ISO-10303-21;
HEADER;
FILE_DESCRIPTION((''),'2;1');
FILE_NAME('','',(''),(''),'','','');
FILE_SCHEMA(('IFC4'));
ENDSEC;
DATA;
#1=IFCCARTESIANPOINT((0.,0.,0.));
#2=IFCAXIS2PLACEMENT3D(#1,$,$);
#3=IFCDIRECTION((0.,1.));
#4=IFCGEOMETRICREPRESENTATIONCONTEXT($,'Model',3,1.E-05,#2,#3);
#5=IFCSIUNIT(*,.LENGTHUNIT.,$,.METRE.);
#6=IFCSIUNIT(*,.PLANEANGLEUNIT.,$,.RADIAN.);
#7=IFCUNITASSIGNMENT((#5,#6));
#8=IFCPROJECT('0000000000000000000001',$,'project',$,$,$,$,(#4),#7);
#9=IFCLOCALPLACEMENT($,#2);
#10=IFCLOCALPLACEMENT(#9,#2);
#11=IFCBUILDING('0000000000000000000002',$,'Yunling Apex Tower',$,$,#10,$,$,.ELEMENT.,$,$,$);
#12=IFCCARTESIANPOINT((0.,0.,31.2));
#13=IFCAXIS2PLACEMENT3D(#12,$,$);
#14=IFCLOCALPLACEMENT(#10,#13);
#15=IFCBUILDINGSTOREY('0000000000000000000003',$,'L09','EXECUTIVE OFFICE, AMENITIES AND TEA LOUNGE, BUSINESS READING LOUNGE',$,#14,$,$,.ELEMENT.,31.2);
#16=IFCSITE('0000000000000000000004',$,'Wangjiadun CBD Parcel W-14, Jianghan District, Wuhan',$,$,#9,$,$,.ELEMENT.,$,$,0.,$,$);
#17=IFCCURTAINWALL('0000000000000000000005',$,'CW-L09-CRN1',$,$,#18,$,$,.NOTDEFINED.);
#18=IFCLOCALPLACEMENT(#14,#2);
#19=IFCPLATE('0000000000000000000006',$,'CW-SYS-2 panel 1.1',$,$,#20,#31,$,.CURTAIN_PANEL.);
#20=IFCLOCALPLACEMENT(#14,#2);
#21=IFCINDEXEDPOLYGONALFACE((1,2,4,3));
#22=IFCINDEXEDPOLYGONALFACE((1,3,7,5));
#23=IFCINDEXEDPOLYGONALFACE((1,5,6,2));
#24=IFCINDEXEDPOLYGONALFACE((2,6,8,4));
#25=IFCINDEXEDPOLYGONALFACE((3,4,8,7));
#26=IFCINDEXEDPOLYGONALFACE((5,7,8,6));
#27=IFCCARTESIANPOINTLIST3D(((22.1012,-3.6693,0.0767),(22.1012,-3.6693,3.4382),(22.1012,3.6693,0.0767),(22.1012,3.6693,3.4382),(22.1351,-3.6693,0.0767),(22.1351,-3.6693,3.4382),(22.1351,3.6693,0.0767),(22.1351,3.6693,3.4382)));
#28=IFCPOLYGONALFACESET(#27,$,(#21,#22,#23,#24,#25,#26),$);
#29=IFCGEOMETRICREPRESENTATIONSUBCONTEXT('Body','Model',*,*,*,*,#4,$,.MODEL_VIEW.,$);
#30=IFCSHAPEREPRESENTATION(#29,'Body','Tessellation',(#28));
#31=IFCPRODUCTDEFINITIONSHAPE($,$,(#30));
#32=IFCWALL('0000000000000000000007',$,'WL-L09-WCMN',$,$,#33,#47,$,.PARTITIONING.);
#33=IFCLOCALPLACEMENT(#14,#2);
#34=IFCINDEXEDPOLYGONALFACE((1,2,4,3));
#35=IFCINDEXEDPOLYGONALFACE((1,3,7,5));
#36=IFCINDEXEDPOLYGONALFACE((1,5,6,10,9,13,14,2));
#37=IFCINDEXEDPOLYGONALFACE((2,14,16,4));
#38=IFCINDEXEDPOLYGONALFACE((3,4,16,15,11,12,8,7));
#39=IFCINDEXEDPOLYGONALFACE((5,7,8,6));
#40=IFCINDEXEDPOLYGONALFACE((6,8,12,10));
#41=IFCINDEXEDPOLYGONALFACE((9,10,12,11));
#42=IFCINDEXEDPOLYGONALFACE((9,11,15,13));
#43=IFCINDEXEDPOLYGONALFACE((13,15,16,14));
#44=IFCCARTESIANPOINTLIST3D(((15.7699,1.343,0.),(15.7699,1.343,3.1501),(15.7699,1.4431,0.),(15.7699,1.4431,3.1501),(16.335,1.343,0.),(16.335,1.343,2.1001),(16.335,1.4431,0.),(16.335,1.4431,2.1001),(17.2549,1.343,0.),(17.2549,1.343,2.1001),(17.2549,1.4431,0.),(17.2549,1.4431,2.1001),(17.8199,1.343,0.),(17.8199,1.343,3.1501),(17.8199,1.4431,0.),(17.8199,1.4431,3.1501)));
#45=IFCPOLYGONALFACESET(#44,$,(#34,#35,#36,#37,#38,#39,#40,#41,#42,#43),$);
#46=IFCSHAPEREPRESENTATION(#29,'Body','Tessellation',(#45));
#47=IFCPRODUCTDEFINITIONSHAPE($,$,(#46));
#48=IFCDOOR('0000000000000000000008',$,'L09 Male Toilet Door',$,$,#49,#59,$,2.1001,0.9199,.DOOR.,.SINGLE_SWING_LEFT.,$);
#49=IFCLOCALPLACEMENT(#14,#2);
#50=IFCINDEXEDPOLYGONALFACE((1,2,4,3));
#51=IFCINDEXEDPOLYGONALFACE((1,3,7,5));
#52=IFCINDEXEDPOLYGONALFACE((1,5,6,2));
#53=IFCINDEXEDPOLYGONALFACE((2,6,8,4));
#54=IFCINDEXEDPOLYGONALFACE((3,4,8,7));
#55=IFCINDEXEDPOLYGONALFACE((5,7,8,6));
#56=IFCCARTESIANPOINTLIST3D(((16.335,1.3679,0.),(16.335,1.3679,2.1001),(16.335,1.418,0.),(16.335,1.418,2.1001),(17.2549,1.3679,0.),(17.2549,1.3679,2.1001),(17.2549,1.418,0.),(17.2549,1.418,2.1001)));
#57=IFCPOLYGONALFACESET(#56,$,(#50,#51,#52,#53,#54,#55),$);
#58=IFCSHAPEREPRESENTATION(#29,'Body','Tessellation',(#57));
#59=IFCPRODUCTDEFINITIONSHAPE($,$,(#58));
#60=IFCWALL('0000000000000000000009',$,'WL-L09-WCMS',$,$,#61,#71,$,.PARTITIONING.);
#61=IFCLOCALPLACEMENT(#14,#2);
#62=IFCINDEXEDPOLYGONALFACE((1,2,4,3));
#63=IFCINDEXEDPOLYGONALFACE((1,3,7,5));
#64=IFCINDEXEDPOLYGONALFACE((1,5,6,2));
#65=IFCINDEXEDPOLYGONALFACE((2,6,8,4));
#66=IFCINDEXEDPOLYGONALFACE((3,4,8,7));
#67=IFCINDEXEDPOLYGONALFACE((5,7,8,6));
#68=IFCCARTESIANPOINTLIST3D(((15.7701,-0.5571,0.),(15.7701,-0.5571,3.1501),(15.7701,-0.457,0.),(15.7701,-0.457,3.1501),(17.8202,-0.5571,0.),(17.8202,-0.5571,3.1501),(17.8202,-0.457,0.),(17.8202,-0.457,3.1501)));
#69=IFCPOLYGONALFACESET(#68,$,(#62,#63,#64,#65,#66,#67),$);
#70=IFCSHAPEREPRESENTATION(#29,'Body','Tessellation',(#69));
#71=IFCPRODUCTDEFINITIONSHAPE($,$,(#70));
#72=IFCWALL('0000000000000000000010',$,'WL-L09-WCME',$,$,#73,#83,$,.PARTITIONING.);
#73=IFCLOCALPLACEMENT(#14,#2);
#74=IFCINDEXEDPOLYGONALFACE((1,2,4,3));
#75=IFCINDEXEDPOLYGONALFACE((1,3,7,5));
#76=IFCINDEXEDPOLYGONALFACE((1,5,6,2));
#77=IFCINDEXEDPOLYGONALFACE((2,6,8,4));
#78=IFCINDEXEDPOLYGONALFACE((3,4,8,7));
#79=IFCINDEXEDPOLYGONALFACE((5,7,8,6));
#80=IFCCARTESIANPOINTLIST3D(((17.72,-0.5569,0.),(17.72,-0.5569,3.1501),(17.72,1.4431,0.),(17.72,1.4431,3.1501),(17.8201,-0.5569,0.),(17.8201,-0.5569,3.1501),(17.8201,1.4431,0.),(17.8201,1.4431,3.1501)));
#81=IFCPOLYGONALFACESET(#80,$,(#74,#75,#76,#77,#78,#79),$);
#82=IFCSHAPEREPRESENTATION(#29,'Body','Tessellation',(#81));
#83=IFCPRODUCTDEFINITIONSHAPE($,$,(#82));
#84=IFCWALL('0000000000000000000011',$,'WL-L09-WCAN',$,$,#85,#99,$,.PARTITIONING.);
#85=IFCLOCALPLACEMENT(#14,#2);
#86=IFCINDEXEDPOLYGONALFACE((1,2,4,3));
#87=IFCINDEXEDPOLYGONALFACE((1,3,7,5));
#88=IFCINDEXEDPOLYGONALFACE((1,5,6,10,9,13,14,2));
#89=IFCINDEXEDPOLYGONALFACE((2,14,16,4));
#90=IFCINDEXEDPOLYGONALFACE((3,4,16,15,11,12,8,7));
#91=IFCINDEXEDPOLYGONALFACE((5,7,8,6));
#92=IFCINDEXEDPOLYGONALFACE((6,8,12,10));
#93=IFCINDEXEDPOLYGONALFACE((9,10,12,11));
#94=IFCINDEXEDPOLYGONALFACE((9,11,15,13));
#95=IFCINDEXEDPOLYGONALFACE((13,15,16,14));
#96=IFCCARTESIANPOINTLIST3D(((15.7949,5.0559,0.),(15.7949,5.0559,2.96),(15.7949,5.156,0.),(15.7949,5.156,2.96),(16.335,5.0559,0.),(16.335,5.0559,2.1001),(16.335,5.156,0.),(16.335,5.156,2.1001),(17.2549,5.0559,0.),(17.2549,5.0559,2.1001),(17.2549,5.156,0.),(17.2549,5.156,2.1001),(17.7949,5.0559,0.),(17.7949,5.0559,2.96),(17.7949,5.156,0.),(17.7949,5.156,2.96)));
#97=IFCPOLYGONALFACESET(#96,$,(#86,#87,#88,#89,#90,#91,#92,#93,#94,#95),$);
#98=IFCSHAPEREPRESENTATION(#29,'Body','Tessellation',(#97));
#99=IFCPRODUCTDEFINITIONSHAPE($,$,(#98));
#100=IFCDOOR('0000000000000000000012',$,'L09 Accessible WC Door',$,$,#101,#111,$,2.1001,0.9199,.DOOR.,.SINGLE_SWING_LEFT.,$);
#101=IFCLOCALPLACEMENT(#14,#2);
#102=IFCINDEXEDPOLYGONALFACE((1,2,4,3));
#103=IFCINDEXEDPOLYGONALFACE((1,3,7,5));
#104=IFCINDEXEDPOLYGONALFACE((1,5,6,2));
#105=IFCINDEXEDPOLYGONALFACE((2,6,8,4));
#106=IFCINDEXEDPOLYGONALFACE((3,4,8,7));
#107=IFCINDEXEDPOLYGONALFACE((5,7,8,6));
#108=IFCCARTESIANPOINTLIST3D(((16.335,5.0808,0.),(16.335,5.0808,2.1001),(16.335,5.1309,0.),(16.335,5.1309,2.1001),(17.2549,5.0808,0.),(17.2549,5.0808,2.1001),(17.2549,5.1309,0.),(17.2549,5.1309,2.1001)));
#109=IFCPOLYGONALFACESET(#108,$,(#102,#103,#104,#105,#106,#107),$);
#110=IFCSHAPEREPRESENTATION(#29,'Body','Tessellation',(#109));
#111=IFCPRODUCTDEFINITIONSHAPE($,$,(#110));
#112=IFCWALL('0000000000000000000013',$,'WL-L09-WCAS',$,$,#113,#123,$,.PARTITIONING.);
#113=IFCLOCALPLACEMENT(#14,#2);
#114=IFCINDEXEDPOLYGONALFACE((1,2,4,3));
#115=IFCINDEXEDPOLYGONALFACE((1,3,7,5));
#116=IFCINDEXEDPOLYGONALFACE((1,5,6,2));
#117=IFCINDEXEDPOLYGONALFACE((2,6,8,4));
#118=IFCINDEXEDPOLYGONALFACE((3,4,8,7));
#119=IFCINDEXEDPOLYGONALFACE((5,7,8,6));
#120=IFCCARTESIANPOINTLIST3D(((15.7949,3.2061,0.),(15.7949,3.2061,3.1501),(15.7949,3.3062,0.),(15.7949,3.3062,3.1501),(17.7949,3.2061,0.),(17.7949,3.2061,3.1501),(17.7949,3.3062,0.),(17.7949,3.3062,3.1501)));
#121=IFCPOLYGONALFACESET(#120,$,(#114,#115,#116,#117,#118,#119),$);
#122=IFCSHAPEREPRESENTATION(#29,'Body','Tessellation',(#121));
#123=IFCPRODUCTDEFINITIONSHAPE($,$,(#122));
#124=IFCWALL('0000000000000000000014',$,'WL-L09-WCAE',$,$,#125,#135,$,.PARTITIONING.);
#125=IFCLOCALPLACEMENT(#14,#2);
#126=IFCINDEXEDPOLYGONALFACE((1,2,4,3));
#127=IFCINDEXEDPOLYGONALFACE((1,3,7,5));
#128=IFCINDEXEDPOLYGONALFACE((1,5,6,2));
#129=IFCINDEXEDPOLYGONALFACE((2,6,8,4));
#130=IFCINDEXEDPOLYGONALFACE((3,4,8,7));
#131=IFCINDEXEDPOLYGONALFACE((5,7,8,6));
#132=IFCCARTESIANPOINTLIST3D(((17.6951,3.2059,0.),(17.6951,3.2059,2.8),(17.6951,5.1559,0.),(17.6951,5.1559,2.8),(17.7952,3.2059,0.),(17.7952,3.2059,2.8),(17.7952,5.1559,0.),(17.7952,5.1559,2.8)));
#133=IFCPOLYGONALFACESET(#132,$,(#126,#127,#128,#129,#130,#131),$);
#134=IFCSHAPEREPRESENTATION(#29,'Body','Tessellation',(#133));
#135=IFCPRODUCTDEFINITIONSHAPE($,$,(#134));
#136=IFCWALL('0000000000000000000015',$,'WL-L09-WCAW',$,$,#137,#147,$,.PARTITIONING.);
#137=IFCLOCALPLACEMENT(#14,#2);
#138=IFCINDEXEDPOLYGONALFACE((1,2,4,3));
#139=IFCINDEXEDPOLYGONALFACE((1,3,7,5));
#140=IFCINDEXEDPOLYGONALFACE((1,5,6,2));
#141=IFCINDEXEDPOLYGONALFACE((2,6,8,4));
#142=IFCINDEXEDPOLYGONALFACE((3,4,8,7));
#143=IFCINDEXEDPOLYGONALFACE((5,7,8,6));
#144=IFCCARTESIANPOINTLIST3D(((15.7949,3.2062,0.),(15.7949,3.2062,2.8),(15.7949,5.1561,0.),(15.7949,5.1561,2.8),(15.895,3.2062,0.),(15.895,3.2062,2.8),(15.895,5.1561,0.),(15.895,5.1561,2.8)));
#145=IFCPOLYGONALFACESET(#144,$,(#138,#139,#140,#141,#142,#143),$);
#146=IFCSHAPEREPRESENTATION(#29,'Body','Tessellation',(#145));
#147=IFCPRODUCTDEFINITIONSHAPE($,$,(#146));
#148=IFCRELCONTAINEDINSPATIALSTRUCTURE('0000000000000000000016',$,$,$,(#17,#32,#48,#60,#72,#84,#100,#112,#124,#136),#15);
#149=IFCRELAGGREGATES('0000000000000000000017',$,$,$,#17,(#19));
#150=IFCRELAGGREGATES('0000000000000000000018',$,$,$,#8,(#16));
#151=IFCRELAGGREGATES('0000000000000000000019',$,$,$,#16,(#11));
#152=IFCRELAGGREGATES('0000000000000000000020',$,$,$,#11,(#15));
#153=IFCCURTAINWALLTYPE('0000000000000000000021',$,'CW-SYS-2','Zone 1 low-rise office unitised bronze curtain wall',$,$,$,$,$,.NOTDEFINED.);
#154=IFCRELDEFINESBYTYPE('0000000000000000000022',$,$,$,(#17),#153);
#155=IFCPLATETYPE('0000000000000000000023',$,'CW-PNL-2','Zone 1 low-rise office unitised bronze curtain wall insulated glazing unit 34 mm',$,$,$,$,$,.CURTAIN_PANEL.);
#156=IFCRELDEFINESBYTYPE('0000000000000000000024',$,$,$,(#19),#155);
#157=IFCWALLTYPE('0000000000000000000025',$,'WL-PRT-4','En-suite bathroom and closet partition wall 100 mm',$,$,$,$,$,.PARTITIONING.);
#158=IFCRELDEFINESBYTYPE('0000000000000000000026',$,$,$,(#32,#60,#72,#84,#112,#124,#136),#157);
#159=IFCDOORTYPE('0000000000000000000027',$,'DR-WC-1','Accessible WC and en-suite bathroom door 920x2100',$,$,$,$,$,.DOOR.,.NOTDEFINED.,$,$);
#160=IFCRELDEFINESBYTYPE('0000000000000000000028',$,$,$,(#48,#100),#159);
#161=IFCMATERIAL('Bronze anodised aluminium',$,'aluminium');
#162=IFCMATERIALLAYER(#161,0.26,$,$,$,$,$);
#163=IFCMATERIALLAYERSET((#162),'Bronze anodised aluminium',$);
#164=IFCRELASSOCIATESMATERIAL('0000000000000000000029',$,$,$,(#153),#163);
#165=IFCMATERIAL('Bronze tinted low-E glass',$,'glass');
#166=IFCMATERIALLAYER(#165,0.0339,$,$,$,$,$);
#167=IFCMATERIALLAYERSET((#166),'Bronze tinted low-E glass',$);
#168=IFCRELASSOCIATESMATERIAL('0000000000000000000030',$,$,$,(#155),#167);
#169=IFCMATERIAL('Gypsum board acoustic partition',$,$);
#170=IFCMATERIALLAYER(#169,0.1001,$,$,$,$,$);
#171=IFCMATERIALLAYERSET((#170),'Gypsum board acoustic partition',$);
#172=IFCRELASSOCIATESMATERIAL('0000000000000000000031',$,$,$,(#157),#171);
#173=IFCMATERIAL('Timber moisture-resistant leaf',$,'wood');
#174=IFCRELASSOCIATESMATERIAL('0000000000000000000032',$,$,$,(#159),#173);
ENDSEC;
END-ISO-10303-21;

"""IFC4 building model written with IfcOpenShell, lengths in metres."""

from ifc_helpers import new_model, si_unit, direction, frame, frame_2d, origin, origin_2d, place, context, subcontext, project, spatial, rectangle, extrude, source, transform, mapped, material, layer, layer_set, type_object, element, fill, aggregate, save


model = new_model("IFC4")

# Units and contexts
model_context = context("Model", 3, precision=1e-05, world=origin(), true_north=direction((0.0, 1.0)))
body_context = subcontext(model_context, "Body", "Model", "MODEL_VIEW")
ifc_project = project(units=[si_unit("LENGTHUNIT", "METRE"), si_unit("PLANEANGLEUNIT", "RADIAN")], contexts=[model_context])

# Site, building, storey
site_placement = place(None, origin())
site = spatial("IfcSite", under=ifc_project, at=site_placement, Name="Wangjiadun CBD Parcel W-14, Jianghan District, Wuhan", CompositionType="ELEMENT", RefElevation=0.0)
building_placement = place(site_placement, origin())
building = spatial("IfcBuilding", under=site, at=building_placement, Name="Yunling Apex Tower", CompositionType="ELEMENT")
storey_placement = place(building_placement, frame((0.0, 0.0, 31.2)))
storey = spatial("IfcBuildingStorey", under=building, at=storey_placement, Name="L09", Description="EXECUTIVE OFFICE, AMENITIES AND TEA LOUNGE, BUSINESS READING LOUNGE", CompositionType="ELEMENT", Elevation=31.2)

# Curtain wall
ifc_material_1 = material(Name="Bronze anodised aluminium", Category="aluminium")
ifc_layer_1 = layer(ifc_material_1, 0.26)
ifc_layer_set_1 = layer_set([ifc_layer_1], Name="Bronze anodised aluminium")
curtain_wall_type = type_object("IfcCurtainWallType", Name="CW-SYS-2", Description="Zone 1 low-rise office unitised bronze curtain wall", PredefinedType="NOTDEFINED", material=ifc_layer_set_1)
curtain_wall_1_placement = place(storey_placement, origin())
curtain_wall_1 = element("IfcCurtainWall", 1, at=curtain_wall_1_placement, inside=storey, type_object=curtain_wall_type, Name="CW-L09-CRN1", PredefinedType="NOTDEFINED")

# Shared definitions
ifc_material_2 = material(Name="Bronze tinted low-E glass", Category="glass")
ifc_layer_2 = layer(ifc_material_2, 0.0339)
ifc_layer_set_2 = layer_set([ifc_layer_2], Name="Bronze tinted low-E glass")
plate_type = type_object("IfcPlateType", Name="CW-PNL-2", Description="Zone 1 low-rise office unitised bronze curtain wall insulated glazing unit 34 mm", PredefinedType="CURTAIN_PANEL", material=ifc_layer_set_2)

# Plate
shared_shape_1 = source(origin(), body_context, "Body", "SweptSolid", [
    extrude(rectangle(XDim=7.3386, YDim=0.0339, at=origin_2d()), origin(), (0.0, 0.0, 1.0), 3.3616),
])
plate_1_placement = place(storey_placement, frame((22.1182, 0.0, 0.0767), z_axis=(0.0, 0.0, 1.0), x_axis=(0.0, 1.0, 0.0)))
plate_1 = element("IfcPlate", 2, at=plate_1_placement, type_object=plate_type, Name="CW-SYS-2 panel 1.1", PredefinedType="CURTAIN_PANEL", context=body_context, shape_type="MappedRepresentation", body=[
    mapped(shared_shape_1, transform((0.0, 0.0, 0.0), scale=1.0)),
])
aggregate(curtain_wall_1, [plate_1])

# Wall, opening, door
ifc_material_3 = material(Name="Gypsum board acoustic partition")
ifc_layer_3 = layer(ifc_material_3, 0.1001)
ifc_layer_set_3 = layer_set([ifc_layer_3], Name="Gypsum board acoustic partition")
wall_type = type_object("IfcWallType", Name="WL-PRT-4", Description="En-suite bathroom and closet partition wall 100 mm", PredefinedType="PARTITIONING", material=ifc_layer_set_3)
wall_1_placement = place(storey_placement, frame((15.77, 1.3931, 0.0), z_axis=(0.0, 0.0, 1.0), x_axis=(1.0, 0.0, 0.0)))
wall_1 = element("IfcWall", 3, at=wall_1_placement, inside=storey, type_object=wall_type, Name="WL-L09-WCMN", PredefinedType="PARTITIONING", context=body_context, shape_type="SweptSolid", body=[
    extrude(rectangle(XDim=2.05, YDim=0.1001, at=frame_2d((1.0249, 0.0))), origin(), (0.0, 0.0, 1.0), 3.1501),
])
opening_1_placement = place(wall_1_placement, frame((0.5649, 0.0, 0.0)))
opening_1 = element("IfcOpeningElement", 4, at=opening_1_placement, cuts=wall_1, PredefinedType="OPENING", context=body_context, shape_type="SweptSolid", body=[
    extrude(rectangle(XDim=0.9199, YDim=2.1001, at=frame_2d((0.46, 1.05))), frame((0.0, 0.0601, 0.0), z_axis=(0.0, -1.0, 0.0), x_axis=(1.0, 0.0, 0.0)), (0.0, 0.0, 1.0), 0.1201),
])
ifc_material_4 = material(Name="Timber moisture-resistant leaf", Category="wood")
door_type = type_object("IfcDoorType", Name="DR-WC-1", Description="Accessible WC and en-suite bathroom door 920x2100", OperationType="NOTDEFINED", PredefinedType="DOOR", material=ifc_material_4)
door_1_placement = place(opening_1_placement, origin())
door_1 = element("IfcDoor", 5, at=door_1_placement, inside=storey, type_object=door_type, Name="L09 Male Toilet Door", OperationType="SINGLE_SWING_LEFT", OverallHeight=2.1001, OverallWidth=0.9199, PredefinedType="DOOR", context=body_context, shape_type="SweptSolid", body=[
    extrude(rectangle(XDim=0.9199, YDim=2.1001, at=frame_2d((0.46, 1.05))), frame((0.0, 0.0249, 0.0), z_axis=(0.0, -1.0, 0.0), x_axis=(1.0, 0.0, 0.0)), (0.0, 0.0, 1.0), 0.05),
])
fill(opening_1, door_1)

# Walls
wall_2_placement = place(storey_placement, frame((17.8201, -0.5071, 0.0), z_axis=(0.0, 0.0, 1.0), x_axis=(-1.0, 0.0, 0.0)))
element("IfcWall", 6, at=wall_2_placement, inside=storey, type_object=wall_type, Name="WL-L09-WCMS", PredefinedType="PARTITIONING", context=body_context, shape_type="SweptSolid", body=[
    extrude(rectangle(XDim=2.05, YDim=0.1001, at=frame_2d((1.0249, 0.0))), origin(), (0.0, 0.0, 1.0), 3.1501),
])
wall_3_placement = place(storey_placement, frame((17.77, 1.4431, 0.0), z_axis=(0.0, 0.0, 1.0), x_axis=(0.0, -1.0, 0.0)))
element("IfcWall", 7, at=wall_3_placement, inside=storey, type_object=wall_type, Name="WL-L09-WCME", PredefinedType="PARTITIONING", context=body_context, shape_type="SweptSolid", body=[
    extrude(rectangle(XDim=2.0, YDim=0.1001, at=frame_2d((1.0, 0.0))), origin(), (0.0, 0.0, 1.0), 3.1501),
])

# Wall, opening, door
wall_4_placement = place(storey_placement, frame((15.7949, 5.106, 0.0), z_axis=(0.0, 0.0, 1.0), x_axis=(1.0, 0.0, 0.0)))
wall_4 = element("IfcWall", 8, at=wall_4_placement, inside=storey, type_object=wall_type, Name="WL-L09-WCAN", PredefinedType="PARTITIONING", context=body_context, shape_type="SweptSolid", body=[
    extrude(rectangle(XDim=2.0, YDim=0.1001, at=frame_2d((1.0, 0.0))), origin(), (0.0, 0.0, 1.0), 2.96),
])
opening_2_placement = place(wall_4_placement, frame((0.54, 0.0, 0.0)))
opening_2 = element("IfcOpeningElement", 9, at=opening_2_placement, cuts=wall_4, PredefinedType="OPENING", context=body_context, shape_type="SweptSolid", body=[
    extrude(rectangle(XDim=0.9199, YDim=2.1001, at=frame_2d((0.46, 1.05))), frame((0.0, 0.0601, 0.0), z_axis=(0.0, -1.0, 0.0), x_axis=(1.0, 0.0, 0.0)), (0.0, 0.0, 1.0), 0.1201),
])
door_2_placement = place(opening_2_placement, origin())
door_2 = element("IfcDoor", 10, at=door_2_placement, inside=storey, type_object=door_type, Name="L09 Accessible WC Door", OperationType="SINGLE_SWING_LEFT", OverallHeight=2.1001, OverallWidth=0.9199, PredefinedType="DOOR", context=body_context, shape_type="SweptSolid", body=[
    extrude(rectangle(XDim=0.9199, YDim=2.1001, at=frame_2d((0.46, 1.05))), frame((0.0, 0.0249, 0.0), z_axis=(0.0, -1.0, 0.0), x_axis=(1.0, 0.0, 0.0)), (0.0, 0.0, 1.0), 0.05),
])
fill(opening_2, door_2)

# Walls
wall_5_placement = place(storey_placement, frame((17.7949, 3.2561, 0.0), z_axis=(0.0, 0.0, 1.0), x_axis=(-1.0, 0.0, 0.0)))
element("IfcWall", 11, at=wall_5_placement, inside=storey, type_object=wall_type, Name="WL-L09-WCAS", PredefinedType="PARTITIONING", context=body_context, shape_type="SweptSolid", body=[
    extrude(rectangle(XDim=2.0, YDim=0.1001, at=frame_2d((1.0, 0.0))), origin(), (0.0, 0.0, 1.0), 3.1501),
])
for number, where, z_axis, x_axis, name in (
    (12, (17.7451, 5.156, 0.0), (0.0, 0.0, 1.0), (0.0, -1.0, 0.0), "WL-L09-WCAE"),
    (13, (15.845, 3.2061, 0.0), (0.0, 0.0, 1.0), (0.0, 1.0, 0.0), "WL-L09-WCAW"),
):
    element("IfcWall", number, at=place(storey_placement, frame(where, z_axis=z_axis, x_axis=x_axis)), inside=storey, type_object=wall_type, Name=name, PredefinedType="PARTITIONING", context=body_context, shape_type="SweptSolid", body=[
        extrude(rectangle(XDim=1.95, YDim=0.1001, at=frame_2d((0.9751, 0.0))), origin(), (0.0, 0.0, 1.0), 2.8),
    ])

save(model, "model.ifc")
